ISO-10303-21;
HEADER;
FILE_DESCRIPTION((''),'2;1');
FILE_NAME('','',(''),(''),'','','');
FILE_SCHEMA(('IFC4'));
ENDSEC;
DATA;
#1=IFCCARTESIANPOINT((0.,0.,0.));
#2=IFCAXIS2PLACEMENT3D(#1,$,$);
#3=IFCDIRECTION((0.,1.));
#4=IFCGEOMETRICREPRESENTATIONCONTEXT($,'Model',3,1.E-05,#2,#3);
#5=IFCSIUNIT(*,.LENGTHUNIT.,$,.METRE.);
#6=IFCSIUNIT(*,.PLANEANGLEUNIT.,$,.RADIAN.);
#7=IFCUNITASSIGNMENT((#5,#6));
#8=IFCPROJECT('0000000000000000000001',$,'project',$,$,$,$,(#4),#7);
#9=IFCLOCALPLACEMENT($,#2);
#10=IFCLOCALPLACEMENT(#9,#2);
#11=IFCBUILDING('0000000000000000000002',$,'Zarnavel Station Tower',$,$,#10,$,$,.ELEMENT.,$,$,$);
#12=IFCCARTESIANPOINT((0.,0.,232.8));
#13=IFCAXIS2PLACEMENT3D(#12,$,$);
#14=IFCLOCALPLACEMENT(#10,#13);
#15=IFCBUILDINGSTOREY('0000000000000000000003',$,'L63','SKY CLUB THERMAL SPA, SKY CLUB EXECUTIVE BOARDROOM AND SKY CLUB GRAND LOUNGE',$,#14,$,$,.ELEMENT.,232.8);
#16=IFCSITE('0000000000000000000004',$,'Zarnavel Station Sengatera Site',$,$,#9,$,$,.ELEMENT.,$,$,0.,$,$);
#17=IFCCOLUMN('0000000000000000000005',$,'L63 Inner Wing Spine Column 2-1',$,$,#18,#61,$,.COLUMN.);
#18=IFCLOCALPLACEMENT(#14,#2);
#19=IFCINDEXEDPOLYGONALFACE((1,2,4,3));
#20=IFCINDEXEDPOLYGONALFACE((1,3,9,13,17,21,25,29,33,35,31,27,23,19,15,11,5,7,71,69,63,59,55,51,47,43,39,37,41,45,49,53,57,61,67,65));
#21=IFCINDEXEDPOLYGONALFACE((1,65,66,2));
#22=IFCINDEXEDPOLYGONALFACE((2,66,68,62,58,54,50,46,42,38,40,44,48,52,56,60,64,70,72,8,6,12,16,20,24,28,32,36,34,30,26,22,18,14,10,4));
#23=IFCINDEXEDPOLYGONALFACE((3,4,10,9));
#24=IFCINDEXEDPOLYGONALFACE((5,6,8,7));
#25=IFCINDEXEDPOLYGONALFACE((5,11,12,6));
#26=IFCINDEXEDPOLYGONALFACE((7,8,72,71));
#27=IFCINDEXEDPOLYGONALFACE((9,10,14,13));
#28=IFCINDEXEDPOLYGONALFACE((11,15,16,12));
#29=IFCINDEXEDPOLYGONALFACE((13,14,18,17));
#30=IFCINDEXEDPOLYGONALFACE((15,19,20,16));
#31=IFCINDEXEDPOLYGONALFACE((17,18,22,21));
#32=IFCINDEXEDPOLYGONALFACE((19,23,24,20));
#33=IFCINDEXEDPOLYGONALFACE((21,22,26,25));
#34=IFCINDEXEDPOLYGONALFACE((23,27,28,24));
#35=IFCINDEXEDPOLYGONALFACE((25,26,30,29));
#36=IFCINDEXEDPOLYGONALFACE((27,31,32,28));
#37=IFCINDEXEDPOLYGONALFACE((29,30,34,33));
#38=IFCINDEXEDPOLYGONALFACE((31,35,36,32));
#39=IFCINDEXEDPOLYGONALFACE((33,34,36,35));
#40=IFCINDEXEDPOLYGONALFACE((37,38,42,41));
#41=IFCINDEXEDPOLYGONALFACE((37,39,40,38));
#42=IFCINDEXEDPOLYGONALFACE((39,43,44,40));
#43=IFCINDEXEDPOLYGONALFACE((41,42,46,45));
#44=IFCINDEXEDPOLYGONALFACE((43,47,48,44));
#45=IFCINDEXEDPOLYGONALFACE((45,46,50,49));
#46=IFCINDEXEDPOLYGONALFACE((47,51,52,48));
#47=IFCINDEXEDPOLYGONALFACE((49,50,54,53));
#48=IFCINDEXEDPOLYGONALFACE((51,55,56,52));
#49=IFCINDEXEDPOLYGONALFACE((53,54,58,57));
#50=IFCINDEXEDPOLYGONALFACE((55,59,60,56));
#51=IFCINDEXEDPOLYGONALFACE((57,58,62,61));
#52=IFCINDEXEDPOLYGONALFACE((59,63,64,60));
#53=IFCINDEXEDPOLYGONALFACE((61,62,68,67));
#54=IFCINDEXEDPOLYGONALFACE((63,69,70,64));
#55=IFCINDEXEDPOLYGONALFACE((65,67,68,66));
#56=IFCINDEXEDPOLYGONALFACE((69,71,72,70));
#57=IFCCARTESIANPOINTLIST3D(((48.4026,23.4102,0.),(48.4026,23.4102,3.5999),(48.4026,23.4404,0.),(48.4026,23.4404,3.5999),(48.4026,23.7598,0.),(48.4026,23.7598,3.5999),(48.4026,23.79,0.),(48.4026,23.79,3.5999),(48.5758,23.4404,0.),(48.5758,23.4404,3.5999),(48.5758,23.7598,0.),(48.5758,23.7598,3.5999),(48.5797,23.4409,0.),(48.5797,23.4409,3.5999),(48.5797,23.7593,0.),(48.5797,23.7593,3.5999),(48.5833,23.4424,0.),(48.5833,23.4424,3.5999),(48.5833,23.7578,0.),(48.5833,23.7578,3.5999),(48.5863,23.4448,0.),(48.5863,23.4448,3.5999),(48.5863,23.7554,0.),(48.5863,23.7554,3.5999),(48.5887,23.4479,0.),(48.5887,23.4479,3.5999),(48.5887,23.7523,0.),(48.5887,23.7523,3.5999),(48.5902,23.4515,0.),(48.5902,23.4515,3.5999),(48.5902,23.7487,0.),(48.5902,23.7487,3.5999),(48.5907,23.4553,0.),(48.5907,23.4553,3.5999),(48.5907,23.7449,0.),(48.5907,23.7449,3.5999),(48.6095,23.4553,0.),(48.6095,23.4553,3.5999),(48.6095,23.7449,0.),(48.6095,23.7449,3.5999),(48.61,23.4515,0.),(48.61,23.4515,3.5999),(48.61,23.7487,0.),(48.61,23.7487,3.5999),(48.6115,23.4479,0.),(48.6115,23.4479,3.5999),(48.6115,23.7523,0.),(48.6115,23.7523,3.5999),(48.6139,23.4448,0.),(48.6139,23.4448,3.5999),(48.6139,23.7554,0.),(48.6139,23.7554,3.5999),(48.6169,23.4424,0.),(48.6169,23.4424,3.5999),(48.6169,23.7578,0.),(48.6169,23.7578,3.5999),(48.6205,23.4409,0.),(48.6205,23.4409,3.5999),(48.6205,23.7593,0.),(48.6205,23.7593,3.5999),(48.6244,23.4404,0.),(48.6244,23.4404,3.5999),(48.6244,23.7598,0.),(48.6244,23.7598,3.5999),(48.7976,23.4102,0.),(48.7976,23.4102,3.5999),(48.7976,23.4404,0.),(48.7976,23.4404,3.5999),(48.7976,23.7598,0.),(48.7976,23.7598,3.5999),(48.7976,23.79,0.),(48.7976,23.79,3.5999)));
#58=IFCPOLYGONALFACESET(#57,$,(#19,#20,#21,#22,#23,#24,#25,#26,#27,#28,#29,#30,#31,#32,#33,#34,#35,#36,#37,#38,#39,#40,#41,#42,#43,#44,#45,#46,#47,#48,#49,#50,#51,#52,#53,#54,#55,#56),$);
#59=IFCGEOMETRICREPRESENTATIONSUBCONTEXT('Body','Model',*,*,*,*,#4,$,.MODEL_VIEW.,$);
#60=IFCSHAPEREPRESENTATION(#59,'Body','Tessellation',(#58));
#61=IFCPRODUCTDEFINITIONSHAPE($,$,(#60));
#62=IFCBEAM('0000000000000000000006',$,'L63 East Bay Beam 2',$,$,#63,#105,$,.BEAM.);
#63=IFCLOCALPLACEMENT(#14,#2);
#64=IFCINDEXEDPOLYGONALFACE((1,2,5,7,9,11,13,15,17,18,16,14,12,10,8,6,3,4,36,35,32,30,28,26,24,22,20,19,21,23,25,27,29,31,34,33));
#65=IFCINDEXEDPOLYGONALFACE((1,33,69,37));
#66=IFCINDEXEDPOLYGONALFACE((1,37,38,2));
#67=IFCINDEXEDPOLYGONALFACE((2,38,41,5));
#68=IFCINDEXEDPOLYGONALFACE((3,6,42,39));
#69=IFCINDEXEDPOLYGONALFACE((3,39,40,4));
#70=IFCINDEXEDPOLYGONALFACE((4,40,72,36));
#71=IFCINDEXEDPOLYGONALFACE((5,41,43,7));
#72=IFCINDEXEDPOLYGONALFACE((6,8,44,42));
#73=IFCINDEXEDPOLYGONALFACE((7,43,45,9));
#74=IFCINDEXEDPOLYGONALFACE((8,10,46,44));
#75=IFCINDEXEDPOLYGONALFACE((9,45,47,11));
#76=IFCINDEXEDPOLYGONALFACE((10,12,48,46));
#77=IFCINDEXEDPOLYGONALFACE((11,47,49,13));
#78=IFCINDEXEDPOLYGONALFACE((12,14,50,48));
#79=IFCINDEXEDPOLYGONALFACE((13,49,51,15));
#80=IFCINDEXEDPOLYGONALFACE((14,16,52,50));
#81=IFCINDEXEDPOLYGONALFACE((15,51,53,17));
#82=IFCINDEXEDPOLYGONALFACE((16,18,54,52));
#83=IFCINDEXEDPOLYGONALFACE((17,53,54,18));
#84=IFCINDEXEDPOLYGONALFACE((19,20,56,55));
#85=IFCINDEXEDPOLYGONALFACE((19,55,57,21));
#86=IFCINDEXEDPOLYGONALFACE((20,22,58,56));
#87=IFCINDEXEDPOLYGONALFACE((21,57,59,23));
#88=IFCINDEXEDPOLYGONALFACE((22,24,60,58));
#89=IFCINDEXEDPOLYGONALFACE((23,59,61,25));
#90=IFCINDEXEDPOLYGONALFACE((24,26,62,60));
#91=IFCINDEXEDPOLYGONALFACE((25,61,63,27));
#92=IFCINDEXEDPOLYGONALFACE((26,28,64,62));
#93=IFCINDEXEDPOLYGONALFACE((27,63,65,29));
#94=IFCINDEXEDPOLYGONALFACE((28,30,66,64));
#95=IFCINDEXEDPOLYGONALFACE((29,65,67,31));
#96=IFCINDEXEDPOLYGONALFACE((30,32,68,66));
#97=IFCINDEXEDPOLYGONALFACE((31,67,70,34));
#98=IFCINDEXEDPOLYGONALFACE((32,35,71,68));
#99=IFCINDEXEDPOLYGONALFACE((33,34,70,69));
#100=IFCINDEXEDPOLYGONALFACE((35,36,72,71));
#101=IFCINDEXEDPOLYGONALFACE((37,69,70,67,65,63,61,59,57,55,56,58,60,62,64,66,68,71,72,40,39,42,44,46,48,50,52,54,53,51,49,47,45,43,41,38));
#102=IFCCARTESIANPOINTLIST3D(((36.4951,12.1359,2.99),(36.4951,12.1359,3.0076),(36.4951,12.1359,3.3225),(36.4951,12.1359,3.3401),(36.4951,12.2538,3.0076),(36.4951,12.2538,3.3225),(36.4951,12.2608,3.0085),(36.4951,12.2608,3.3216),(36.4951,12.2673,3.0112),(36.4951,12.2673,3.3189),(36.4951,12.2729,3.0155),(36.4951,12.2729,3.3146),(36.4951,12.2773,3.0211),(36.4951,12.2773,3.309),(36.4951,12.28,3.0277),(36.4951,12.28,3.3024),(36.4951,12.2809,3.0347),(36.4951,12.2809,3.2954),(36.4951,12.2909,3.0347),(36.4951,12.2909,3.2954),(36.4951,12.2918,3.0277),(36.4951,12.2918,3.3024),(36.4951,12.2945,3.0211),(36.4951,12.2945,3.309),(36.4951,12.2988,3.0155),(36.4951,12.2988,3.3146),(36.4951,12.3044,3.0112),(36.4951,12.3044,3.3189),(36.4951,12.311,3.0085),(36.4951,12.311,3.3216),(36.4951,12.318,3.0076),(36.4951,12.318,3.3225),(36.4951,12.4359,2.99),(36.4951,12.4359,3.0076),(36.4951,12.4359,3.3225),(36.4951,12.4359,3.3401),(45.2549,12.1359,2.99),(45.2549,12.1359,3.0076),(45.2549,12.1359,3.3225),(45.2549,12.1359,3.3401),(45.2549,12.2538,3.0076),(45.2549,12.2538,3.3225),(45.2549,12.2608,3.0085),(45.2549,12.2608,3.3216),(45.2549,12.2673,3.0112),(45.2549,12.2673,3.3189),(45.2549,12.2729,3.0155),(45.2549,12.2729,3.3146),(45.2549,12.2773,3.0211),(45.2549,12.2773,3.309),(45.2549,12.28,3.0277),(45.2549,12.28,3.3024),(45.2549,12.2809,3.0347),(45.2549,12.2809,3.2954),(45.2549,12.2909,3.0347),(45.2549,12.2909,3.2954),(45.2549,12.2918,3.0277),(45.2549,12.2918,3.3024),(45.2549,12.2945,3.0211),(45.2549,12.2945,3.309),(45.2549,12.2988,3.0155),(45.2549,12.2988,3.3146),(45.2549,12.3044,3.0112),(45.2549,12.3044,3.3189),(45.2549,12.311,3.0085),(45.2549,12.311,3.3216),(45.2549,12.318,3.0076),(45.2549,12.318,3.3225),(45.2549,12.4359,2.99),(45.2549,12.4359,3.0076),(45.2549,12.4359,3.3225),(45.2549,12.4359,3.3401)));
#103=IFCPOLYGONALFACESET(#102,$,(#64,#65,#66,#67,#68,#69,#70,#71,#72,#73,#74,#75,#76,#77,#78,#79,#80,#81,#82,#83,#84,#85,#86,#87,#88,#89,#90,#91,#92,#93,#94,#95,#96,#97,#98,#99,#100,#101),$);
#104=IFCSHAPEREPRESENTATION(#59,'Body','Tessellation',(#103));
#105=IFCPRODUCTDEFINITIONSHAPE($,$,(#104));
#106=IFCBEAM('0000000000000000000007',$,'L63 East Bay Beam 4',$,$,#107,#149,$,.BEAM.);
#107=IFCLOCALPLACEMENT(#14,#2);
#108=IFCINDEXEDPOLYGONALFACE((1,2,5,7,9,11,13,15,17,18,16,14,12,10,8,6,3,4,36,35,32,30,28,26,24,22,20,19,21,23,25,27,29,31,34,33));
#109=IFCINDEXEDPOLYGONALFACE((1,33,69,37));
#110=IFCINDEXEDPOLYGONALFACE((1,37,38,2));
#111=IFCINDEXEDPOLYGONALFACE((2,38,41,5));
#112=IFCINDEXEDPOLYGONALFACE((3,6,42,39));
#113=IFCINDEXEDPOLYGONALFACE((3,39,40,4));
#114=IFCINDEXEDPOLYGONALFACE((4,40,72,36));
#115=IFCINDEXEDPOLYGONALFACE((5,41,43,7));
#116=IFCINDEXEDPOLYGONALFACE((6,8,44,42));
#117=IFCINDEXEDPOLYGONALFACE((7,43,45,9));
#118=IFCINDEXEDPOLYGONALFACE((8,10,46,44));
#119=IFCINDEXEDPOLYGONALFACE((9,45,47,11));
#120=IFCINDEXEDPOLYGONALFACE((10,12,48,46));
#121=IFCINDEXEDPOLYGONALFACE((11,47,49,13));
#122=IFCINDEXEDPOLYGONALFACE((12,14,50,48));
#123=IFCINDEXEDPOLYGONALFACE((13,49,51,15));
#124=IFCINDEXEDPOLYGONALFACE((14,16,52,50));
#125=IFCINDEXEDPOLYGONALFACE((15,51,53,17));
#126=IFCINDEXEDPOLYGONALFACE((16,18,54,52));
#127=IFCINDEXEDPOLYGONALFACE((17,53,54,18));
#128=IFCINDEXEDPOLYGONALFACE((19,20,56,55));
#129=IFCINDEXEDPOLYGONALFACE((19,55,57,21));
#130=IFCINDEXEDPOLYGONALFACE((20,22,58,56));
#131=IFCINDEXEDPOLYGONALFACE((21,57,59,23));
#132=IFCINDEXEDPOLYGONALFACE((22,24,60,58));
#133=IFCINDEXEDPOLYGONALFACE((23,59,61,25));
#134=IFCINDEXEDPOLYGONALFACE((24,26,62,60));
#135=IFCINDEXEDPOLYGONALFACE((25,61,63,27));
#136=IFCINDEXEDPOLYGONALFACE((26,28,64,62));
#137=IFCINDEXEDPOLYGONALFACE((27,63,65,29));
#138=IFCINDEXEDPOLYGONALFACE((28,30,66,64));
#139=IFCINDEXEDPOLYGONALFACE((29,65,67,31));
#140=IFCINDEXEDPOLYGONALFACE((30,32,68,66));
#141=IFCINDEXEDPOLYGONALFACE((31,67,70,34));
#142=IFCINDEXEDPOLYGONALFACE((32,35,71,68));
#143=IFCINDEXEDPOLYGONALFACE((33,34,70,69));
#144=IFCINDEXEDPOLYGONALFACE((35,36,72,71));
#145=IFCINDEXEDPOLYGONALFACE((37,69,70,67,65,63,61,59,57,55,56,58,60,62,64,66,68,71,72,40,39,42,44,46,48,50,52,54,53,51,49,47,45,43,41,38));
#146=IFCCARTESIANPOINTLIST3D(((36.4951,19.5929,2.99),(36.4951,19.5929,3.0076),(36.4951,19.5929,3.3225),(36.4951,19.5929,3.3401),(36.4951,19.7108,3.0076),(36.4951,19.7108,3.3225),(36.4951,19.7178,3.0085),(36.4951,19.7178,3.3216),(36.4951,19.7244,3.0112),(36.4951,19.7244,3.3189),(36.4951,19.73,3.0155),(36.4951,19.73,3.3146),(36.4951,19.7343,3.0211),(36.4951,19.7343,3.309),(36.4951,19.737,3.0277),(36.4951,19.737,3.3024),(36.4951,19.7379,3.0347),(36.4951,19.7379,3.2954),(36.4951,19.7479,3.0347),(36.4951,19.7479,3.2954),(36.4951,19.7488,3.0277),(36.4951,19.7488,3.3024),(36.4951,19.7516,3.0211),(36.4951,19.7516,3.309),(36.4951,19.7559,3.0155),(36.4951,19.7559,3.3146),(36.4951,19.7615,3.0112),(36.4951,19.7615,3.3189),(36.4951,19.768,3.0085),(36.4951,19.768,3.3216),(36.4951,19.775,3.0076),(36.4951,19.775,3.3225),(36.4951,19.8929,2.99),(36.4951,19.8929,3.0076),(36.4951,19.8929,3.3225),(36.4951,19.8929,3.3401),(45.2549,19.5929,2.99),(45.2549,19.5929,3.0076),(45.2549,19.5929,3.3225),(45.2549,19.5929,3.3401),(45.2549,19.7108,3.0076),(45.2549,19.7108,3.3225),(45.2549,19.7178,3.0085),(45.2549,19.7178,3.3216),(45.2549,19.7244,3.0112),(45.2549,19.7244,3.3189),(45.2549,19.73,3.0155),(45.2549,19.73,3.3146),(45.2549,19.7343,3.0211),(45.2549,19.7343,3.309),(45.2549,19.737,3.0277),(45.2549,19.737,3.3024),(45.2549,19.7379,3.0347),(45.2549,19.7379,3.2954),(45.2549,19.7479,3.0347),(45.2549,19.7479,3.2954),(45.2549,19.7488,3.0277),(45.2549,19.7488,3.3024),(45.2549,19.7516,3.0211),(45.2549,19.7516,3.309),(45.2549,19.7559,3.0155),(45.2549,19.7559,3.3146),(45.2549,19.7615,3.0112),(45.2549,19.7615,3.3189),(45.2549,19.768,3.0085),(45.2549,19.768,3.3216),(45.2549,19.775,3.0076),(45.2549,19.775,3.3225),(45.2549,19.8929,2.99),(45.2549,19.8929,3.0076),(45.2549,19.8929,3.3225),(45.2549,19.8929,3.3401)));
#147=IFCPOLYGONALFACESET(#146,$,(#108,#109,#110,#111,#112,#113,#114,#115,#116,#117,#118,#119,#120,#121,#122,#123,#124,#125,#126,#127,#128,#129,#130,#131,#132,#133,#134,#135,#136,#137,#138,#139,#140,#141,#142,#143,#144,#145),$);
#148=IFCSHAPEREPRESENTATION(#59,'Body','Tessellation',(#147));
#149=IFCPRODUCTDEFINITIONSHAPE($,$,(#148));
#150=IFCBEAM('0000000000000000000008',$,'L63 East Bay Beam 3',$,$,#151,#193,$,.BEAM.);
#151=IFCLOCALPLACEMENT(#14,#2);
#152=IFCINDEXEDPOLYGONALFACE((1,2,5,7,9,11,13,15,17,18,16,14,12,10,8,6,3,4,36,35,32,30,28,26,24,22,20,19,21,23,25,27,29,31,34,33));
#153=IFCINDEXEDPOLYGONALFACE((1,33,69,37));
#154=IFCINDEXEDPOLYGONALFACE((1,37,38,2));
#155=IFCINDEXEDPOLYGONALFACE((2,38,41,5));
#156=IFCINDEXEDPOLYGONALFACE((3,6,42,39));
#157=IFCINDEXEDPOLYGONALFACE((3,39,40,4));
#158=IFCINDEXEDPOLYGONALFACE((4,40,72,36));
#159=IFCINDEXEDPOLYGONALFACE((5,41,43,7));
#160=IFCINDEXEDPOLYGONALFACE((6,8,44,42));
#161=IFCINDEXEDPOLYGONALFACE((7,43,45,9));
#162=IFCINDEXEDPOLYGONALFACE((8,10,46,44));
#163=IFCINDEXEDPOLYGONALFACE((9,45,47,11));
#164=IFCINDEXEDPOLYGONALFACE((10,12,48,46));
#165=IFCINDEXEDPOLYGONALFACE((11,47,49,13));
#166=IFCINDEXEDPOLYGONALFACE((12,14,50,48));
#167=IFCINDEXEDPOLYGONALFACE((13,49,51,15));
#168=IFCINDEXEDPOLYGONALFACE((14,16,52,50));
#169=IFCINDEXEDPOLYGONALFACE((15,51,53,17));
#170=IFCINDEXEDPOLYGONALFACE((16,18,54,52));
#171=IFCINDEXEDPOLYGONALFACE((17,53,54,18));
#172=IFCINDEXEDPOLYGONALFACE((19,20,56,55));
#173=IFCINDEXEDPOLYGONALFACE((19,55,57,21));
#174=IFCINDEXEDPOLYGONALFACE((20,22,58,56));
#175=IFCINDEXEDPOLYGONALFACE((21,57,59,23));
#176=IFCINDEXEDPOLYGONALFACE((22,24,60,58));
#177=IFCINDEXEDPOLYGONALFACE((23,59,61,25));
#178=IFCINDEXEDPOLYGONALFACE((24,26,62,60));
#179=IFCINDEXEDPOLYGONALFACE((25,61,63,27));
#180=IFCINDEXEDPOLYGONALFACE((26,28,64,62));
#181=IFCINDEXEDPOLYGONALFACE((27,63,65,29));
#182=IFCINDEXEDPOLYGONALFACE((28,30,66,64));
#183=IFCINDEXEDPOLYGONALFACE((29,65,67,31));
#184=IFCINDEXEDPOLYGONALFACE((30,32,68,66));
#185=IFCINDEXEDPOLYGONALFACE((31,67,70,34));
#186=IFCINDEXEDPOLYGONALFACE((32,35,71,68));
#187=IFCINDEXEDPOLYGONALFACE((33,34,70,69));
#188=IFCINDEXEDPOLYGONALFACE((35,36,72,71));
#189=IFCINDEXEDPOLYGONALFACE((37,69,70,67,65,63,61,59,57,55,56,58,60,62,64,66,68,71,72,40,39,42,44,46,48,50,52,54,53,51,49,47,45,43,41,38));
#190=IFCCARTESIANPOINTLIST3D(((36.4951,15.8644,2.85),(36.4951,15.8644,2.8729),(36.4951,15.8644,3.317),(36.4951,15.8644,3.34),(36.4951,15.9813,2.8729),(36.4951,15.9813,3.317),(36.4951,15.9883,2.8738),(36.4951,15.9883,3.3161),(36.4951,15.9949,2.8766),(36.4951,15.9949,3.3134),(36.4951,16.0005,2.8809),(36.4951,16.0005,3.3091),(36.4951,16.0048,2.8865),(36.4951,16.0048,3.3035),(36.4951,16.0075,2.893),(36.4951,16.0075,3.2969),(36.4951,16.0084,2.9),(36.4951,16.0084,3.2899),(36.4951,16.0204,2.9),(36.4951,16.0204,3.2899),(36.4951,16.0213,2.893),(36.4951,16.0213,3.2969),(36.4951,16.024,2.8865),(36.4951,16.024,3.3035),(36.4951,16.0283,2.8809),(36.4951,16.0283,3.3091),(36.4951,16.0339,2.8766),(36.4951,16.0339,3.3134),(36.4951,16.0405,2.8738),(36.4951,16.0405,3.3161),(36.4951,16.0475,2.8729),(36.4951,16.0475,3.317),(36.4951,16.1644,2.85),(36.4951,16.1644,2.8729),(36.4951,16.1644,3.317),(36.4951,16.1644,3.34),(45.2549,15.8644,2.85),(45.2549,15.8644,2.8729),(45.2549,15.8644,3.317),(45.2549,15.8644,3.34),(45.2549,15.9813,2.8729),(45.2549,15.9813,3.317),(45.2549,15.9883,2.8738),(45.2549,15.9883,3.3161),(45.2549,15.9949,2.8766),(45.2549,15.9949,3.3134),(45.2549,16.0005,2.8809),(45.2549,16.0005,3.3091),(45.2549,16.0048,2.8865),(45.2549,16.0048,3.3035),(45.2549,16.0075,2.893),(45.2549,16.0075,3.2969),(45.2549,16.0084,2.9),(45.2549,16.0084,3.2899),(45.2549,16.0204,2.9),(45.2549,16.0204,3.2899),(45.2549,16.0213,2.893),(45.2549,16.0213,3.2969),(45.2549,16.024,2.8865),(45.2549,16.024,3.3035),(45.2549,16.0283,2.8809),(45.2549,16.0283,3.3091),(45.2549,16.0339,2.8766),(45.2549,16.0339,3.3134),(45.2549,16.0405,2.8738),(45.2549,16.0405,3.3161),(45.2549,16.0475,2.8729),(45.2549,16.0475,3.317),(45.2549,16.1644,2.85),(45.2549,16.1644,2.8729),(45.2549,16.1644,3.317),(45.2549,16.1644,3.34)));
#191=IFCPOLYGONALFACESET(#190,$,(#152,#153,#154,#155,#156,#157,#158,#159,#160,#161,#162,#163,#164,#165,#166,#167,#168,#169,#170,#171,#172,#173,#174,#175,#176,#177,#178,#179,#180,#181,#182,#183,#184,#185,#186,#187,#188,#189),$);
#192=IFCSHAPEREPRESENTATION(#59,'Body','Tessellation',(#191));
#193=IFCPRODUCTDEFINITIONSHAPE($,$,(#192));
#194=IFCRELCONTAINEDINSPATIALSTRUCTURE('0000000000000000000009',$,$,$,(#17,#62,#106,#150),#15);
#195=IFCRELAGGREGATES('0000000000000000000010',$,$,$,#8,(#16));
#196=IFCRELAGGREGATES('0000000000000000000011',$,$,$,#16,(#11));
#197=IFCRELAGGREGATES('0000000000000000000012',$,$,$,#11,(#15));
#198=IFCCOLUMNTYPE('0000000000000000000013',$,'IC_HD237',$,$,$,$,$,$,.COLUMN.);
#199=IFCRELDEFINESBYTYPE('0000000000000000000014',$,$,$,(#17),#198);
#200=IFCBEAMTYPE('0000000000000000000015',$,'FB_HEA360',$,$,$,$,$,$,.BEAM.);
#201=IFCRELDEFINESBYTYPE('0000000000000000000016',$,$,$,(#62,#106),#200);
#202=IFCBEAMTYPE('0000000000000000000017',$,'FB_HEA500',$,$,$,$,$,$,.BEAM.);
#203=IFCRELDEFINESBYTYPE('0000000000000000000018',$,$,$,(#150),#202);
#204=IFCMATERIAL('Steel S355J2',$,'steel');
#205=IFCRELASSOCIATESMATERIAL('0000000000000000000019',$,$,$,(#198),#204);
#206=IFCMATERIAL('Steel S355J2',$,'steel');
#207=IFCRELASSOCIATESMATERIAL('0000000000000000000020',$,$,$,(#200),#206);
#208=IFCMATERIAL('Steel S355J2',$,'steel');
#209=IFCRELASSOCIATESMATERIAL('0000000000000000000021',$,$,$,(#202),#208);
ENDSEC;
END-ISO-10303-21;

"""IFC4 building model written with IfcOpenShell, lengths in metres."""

from ifc_helpers import new_model, si_unit, direction, frame, origin, origin_2d, place, context, subcontext, project, spatial, i_section, extrude, material, material_profile, profile_set, type_object, element, save


model = new_model("IFC4")

# Units and contexts
model_context = context("Model", 3, precision=1e-05, world=origin(), true_north=direction((0.0, 1.0)))
body_context = subcontext(model_context, "Body", "Model", "MODEL_VIEW")
ifc_project = project(units=[si_unit("LENGTHUNIT", "METRE"), si_unit("PLANEANGLEUNIT", "RADIAN")], contexts=[model_context])

# Site, building, storey
site_placement = place(None, origin())
site = spatial("IfcSite", under=ifc_project, at=site_placement, Name="Zarnavel Station Sengatera Site", CompositionType="ELEMENT", RefElevation=0.0)
building_placement = place(site_placement, origin())
building = spatial("IfcBuilding", under=site, at=building_placement, Name="Zarnavel Station Tower", CompositionType="ELEMENT")
storey_placement = place(building_placement, frame((0.0, 0.0, 232.8)))
storey = spatial("IfcBuildingStorey", under=building, at=storey_placement, Name="L63", Description="SKY CLUB THERMAL SPA, SKY CLUB EXECUTIVE BOARDROOM AND SKY CLUB GRAND LOUNGE", CompositionType="ELEMENT", Elevation=232.8)

# Column
ifc_material_1 = material(Name="Steel S355J2", Category="steel")
ifc_material_profile_1 = material_profile(ifc_material_1, i_section(OverallWidth=0.395, OverallDepth=0.3799, WebThickness=0.0188, FlangeThickness=0.0303, FilletRadius=0.0149, at=origin_2d()), Name="HD400x237")
ifc_profile_set_1 = profile_set([ifc_material_profile_1], Name="Steel S355J2")
column_type = type_object("IfcColumnType", Name="IC_HD237", PredefinedType="COLUMN", material=ifc_profile_set_1)
column_placement = place(storey_placement, frame((48.6001, 23.6001, 0.0), z_axis=(0.0, 0.0, 1.0), x_axis=(1.0, 0.0, 0.0)))
element("IfcColumn", 1, at=column_placement, inside=storey, type_object=column_type, Name="L63 Inner Wing Spine Column 2-1", PredefinedType="COLUMN", context=body_context, shape_type="SweptSolid", body=[
    extrude(i_section(OverallWidth=0.395, OverallDepth=0.3799, WebThickness=0.0188, FlangeThickness=0.0303, FilletRadius=0.0149, at=origin_2d()), origin(), (0.0, 0.0, 1.0), 3.5999),
])

# Beams
ifc_material_2 = material(Name="Steel S355J2", Category="steel")
ifc_material_profile_2 = material_profile(ifc_material_2, i_section(OverallWidth=0.3, OverallDepth=0.3501, WebThickness=0.01, FlangeThickness=0.0176, FilletRadius=0.0271, at=origin_2d()), Name="HEA360")
ifc_profile_set_2 = profile_set([ifc_material_profile_2], Name="Steel S355J2")
beam_type_1 = type_object("IfcBeamType", Name="FB_HEA360", PredefinedType="BEAM", material=ifc_profile_set_2)
for number, where, z_axis, x_axis, name in (
    (2, (36.4951, 12.2859, 3.165), (1.0, 0.0, 0.0), (0.0, 1.0, 0.0), "L63 East Bay Beam 2"),
    (3, (36.4951, 19.7429, 3.165), (1.0, 0.0, 0.0), (0.0, 1.0, 0.0), "L63 East Bay Beam 4"),
):
    element("IfcBeam", number, at=place(storey_placement, frame(where, z_axis=z_axis, x_axis=x_axis)), inside=storey, type_object=beam_type_1, Name=name, PredefinedType="BEAM", context=body_context, shape_type="SweptSolid", body=[
        extrude(i_section(OverallWidth=0.3, OverallDepth=0.3501, WebThickness=0.01, FlangeThickness=0.0176, FilletRadius=0.0271, at=origin_2d()), origin(), (0.0, 0.0, 1.0), 8.7598),
    ])
ifc_material_3 = material(Name="Steel S355J2", Category="steel")
ifc_material_profile_3 = material_profile(ifc_material_3, i_section(OverallWidth=0.3, OverallDepth=0.49, WebThickness=0.012, FlangeThickness=0.0229, FilletRadius=0.0271, at=origin_2d()), Name="HEA500")
ifc_profile_set_3 = profile_set([ifc_material_profile_3], Name="Steel S355J2")
beam_type_2 = type_object("IfcBeamType", Name="FB_HEA500", PredefinedType="BEAM", material=ifc_profile_set_3)
for number, where, z_axis, x_axis, name in (
    (4, (36.4951, 16.0144, 3.095), (1.0, 0.0, 0.0), (0.0, 1.0, 0.0), "L63 East Bay Beam 3"),
):
    element("IfcBeam", number, at=place(storey_placement, frame(where, z_axis=z_axis, x_axis=x_axis)), inside=storey, type_object=beam_type_2, Name=name, PredefinedType="BEAM", context=body_context, shape_type="SweptSolid", body=[
        extrude(i_section(OverallWidth=0.3, OverallDepth=0.49, WebThickness=0.012, FlangeThickness=0.0229, FilletRadius=0.0271, at=origin_2d()), origin(), (0.0, 0.0, 1.0), 8.7598),
    ])

save(model, "model.ifc")
